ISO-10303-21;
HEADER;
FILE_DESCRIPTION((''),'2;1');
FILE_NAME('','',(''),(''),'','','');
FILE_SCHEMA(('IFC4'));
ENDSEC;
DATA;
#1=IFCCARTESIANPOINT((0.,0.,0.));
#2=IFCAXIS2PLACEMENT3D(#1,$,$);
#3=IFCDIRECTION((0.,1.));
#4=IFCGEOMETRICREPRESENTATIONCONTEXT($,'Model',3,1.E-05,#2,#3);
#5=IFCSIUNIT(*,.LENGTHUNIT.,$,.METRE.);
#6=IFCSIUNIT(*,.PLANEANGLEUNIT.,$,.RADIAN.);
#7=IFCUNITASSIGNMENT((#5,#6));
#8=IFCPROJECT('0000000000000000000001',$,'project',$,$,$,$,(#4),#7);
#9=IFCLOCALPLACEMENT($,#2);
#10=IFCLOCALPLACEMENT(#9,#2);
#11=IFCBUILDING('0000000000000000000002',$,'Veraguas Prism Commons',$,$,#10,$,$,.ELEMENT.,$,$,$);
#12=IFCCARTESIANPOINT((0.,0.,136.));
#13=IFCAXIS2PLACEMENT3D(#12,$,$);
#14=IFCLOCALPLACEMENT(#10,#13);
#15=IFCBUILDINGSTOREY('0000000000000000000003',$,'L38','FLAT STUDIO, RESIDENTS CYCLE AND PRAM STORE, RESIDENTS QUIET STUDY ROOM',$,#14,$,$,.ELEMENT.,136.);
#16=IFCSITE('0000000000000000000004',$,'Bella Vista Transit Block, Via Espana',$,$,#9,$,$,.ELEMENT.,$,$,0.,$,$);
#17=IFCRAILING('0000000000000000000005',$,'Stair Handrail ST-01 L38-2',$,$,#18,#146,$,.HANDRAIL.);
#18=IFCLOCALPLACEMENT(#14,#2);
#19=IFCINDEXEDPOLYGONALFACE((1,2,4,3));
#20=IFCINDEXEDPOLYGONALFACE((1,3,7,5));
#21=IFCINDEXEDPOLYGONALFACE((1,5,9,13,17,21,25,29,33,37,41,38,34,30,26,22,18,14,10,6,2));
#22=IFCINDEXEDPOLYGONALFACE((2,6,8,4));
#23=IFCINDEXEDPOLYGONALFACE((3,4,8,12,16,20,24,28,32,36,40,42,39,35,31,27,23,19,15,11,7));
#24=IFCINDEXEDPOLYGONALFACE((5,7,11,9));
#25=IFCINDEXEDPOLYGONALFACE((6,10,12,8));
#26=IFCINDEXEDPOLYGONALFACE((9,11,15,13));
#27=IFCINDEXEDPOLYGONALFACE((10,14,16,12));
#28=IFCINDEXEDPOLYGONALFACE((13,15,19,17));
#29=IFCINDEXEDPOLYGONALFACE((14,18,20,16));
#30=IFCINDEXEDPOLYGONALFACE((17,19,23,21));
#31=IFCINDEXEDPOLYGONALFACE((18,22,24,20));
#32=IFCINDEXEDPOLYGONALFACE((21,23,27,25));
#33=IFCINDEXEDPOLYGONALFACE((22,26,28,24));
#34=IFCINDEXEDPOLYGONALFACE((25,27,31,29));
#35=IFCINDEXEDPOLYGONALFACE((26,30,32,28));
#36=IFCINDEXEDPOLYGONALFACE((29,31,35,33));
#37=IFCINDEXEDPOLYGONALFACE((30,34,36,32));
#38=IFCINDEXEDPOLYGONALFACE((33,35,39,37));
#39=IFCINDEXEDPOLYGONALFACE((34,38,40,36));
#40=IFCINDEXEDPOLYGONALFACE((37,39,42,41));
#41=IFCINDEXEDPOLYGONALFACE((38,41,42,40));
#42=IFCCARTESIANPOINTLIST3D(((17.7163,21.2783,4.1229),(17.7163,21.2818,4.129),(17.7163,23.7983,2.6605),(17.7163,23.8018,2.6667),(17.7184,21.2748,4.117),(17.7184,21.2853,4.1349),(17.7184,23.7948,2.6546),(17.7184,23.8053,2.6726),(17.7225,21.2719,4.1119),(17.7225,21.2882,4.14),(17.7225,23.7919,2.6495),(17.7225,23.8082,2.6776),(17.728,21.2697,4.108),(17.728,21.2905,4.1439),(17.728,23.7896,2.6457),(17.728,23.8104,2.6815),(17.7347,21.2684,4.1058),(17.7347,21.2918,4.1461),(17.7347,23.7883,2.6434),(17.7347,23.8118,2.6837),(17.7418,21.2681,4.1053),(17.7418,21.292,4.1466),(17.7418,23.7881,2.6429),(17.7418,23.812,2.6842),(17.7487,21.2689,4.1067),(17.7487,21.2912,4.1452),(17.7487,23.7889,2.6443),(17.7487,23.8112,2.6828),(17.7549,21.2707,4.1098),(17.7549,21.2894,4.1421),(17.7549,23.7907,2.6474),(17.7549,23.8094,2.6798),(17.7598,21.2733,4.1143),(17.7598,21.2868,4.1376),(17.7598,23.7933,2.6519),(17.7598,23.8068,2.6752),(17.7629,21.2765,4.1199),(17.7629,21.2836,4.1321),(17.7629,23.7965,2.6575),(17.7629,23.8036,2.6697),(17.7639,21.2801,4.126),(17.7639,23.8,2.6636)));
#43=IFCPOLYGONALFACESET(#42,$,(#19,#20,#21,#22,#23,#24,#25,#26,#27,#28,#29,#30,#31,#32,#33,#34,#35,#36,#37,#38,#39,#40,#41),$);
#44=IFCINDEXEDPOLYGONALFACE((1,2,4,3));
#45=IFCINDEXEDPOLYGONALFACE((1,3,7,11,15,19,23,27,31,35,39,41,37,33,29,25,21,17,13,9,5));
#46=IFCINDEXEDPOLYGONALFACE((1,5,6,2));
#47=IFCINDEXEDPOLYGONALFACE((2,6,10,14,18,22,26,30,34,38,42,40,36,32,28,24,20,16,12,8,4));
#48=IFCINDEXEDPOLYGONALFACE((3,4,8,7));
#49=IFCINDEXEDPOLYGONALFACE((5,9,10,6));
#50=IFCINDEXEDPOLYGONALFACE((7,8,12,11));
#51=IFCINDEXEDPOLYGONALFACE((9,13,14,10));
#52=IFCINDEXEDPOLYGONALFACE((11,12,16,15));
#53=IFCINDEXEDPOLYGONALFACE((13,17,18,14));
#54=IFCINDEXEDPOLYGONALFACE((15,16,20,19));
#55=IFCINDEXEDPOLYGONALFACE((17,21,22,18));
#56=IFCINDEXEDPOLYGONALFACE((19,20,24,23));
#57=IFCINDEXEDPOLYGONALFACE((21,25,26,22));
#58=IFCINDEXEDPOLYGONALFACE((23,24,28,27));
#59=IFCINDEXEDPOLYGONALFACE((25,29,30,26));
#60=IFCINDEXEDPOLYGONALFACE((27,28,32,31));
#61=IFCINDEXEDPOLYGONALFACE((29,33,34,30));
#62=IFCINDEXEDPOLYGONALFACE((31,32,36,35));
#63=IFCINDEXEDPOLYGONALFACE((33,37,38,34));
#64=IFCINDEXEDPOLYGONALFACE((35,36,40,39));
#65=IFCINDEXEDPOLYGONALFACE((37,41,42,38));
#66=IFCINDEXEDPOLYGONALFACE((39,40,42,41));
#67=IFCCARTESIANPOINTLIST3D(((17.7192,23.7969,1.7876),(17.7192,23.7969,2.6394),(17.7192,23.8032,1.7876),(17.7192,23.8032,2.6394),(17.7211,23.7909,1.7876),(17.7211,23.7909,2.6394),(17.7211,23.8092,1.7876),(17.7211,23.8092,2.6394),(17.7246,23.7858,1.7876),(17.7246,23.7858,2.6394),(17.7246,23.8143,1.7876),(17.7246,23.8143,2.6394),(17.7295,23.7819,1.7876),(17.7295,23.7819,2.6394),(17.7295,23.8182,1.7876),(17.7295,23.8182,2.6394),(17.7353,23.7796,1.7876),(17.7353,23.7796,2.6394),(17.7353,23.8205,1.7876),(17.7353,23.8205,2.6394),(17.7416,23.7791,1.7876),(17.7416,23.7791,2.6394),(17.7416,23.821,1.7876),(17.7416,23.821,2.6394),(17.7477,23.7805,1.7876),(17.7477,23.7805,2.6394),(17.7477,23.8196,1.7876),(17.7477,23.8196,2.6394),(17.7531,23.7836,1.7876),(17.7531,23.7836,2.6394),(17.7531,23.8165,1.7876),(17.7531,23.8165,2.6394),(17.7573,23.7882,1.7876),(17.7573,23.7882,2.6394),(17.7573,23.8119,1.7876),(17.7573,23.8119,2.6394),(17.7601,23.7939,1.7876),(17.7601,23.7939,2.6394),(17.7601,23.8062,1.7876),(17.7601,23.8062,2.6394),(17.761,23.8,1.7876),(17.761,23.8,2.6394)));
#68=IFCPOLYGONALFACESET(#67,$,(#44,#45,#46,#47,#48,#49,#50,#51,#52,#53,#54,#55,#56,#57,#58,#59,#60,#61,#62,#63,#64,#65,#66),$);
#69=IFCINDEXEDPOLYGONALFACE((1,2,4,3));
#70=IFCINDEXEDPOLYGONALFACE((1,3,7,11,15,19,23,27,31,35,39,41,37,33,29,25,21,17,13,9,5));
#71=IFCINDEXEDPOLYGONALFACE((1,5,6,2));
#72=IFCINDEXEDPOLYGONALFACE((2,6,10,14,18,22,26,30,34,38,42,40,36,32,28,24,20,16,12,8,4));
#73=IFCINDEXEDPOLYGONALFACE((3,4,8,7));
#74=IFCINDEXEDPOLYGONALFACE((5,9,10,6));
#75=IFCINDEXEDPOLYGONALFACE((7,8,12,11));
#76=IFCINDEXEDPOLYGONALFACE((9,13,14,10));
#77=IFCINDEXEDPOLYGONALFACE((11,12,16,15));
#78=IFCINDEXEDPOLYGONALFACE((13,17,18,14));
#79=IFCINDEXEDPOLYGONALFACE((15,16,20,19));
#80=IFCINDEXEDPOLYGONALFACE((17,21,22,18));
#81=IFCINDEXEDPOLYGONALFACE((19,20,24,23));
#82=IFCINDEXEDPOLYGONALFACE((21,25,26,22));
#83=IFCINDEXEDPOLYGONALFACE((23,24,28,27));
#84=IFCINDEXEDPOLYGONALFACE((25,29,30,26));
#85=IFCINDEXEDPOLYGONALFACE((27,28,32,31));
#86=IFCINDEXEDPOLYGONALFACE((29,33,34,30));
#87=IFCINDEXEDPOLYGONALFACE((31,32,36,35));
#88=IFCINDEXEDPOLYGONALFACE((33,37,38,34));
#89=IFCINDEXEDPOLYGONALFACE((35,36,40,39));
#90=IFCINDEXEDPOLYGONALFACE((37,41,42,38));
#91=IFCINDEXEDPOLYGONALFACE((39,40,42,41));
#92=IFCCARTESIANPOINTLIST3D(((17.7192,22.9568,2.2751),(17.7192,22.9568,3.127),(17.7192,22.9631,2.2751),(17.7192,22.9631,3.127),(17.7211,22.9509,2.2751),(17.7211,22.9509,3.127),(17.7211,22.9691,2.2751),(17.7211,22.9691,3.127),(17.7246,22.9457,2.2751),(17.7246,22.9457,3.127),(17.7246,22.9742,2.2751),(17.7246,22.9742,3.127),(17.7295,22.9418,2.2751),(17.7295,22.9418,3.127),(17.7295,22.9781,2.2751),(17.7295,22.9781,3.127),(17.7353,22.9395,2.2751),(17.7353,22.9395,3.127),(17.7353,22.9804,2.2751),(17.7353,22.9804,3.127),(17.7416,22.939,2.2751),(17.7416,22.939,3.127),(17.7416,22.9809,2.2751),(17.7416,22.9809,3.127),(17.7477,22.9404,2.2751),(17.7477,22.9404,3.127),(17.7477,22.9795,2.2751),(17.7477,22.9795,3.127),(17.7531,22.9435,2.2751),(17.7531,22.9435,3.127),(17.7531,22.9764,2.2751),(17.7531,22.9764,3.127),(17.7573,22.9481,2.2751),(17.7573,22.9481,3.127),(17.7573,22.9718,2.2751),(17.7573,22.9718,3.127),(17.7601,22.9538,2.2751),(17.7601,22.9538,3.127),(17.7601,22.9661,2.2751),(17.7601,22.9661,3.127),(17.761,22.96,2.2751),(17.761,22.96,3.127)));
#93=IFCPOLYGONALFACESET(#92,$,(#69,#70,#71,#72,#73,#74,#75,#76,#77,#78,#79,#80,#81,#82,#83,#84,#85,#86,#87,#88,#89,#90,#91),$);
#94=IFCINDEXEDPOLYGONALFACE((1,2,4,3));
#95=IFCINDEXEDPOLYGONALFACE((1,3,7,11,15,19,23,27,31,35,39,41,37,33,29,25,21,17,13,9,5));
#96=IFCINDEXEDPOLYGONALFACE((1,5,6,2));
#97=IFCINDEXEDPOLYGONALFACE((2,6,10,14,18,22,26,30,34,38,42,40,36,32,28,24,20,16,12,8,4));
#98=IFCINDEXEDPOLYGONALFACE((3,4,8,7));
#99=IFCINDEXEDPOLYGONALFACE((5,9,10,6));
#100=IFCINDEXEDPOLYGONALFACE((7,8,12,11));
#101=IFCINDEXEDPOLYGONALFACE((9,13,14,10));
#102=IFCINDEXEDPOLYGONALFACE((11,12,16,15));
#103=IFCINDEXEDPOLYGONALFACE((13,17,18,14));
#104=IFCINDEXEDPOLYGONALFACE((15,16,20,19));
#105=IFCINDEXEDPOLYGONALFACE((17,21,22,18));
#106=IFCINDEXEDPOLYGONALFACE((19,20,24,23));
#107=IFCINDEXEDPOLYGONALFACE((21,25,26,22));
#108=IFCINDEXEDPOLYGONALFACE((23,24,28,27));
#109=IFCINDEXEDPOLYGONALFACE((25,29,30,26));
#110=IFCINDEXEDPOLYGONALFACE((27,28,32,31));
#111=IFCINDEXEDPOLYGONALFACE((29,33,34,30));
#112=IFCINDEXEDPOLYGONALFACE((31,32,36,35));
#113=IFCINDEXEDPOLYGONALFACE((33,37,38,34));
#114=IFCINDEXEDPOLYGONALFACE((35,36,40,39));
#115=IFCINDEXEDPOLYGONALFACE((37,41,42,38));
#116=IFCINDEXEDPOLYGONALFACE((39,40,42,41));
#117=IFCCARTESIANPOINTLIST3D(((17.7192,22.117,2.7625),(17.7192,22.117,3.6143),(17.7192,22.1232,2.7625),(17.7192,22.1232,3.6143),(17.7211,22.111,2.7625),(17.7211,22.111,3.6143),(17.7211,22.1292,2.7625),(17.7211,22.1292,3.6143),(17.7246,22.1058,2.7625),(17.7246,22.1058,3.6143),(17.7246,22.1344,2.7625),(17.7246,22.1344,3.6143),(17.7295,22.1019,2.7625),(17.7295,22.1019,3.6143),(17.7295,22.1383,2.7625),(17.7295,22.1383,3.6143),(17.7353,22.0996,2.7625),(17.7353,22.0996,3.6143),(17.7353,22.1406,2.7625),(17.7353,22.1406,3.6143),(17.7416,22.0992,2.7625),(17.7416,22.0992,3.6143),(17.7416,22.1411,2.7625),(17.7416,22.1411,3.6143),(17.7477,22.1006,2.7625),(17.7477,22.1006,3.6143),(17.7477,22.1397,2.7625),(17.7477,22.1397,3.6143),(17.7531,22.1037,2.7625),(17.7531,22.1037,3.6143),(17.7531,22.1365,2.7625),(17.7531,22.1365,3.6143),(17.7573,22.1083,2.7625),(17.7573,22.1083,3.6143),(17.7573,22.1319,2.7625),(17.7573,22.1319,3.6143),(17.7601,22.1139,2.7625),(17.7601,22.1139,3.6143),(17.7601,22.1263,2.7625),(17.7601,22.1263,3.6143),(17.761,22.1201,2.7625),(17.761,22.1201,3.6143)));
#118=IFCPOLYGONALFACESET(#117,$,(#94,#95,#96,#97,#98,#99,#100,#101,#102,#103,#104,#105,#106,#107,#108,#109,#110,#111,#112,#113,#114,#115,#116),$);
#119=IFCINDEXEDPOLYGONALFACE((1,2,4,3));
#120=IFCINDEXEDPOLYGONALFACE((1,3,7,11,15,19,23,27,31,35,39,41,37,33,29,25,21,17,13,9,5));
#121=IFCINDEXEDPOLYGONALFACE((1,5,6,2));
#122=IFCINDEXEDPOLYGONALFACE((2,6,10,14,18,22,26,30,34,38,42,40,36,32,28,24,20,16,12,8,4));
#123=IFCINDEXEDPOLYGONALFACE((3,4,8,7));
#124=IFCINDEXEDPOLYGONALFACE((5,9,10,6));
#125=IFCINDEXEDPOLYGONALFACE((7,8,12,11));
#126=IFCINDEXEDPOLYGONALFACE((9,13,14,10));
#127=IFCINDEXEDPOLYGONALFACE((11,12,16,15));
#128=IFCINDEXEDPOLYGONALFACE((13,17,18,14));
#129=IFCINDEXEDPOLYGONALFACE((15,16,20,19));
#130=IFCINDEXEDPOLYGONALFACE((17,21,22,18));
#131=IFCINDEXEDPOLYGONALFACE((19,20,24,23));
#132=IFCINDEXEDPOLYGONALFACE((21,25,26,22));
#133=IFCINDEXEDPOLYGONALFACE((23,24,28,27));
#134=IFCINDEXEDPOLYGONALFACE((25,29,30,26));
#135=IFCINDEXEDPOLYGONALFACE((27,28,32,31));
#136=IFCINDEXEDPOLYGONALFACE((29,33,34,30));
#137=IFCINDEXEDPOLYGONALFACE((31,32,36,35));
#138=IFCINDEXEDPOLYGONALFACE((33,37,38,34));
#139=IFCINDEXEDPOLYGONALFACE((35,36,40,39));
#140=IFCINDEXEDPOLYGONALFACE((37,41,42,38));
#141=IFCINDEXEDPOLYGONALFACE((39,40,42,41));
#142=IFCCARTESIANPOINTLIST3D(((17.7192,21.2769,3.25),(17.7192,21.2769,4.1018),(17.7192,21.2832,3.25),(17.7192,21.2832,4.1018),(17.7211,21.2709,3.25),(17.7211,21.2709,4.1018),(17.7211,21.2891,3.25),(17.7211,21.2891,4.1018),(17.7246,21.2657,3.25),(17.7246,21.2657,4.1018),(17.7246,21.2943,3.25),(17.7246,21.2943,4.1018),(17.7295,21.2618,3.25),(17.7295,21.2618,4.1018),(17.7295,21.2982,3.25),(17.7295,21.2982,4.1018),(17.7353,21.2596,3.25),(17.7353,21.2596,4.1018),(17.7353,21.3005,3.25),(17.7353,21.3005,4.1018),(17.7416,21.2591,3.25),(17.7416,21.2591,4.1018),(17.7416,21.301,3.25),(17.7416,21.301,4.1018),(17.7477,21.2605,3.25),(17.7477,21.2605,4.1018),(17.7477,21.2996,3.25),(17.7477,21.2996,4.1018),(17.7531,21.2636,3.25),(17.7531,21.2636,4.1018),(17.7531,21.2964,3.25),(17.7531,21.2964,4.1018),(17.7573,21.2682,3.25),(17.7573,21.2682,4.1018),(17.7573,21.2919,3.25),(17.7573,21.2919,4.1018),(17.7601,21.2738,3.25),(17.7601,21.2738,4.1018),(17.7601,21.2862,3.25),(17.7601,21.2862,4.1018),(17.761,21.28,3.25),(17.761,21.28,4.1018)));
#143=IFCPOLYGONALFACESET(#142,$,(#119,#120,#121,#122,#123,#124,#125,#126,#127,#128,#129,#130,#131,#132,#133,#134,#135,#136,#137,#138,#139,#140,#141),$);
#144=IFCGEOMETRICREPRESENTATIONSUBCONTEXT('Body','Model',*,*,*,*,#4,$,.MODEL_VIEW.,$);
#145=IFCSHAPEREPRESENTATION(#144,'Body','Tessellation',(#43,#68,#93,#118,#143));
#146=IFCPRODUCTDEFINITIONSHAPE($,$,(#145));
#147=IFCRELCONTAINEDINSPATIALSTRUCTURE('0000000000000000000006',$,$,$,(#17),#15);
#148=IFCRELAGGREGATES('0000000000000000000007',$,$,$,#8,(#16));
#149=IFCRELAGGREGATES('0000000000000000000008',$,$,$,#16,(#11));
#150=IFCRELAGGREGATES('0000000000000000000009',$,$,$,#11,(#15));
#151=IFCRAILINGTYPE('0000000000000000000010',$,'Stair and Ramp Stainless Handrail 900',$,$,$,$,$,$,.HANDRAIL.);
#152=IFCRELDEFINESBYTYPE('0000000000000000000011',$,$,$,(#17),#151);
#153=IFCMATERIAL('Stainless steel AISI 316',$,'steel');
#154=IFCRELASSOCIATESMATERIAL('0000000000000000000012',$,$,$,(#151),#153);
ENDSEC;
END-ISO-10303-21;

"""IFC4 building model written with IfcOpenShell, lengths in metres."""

from ifc_helpers import new_model, si_unit, direction, frame, origin, origin_2d, place, context, subcontext, project, spatial, circle, extrude, material, type_object, element, save


model = new_model("IFC4")

# Units and contexts
model_context = context("Model", 3, precision=1e-05, world=origin(), true_north=direction((0.0, 1.0)))
body_context = subcontext(model_context, "Body", "Model", "MODEL_VIEW")
ifc_project = project(units=[si_unit("LENGTHUNIT", "METRE"), si_unit("PLANEANGLEUNIT", "RADIAN")], contexts=[model_context])

# Site, building, storey
site_placement = place(None, origin())
site = spatial("IfcSite", under=ifc_project, at=site_placement, Name="Bella Vista Transit Block, Via Espana", CompositionType="ELEMENT", RefElevation=0.0)
building_placement = place(site_placement, origin())
building = spatial("IfcBuilding", under=site, at=building_placement, Name="Veraguas Prism Commons", CompositionType="ELEMENT")
storey_placement = place(building_placement, frame((0.0, 0.0, 136.0)))
storey = spatial("IfcBuildingStorey", under=building, at=storey_placement, Name="L38", Description="FLAT STUDIO, RESIDENTS CYCLE AND PRAM STORE, RESIDENTS QUIET STUDY ROOM", CompositionType="ELEMENT", Elevation=136.0)

# Railing
ifc_material_1 = material(Name="Stainless steel AISI 316", Category="steel")
railing_type_1 = type_object("IfcRailingType", Name="Stair and Ramp Stainless Handrail 900", PredefinedType="HANDRAIL", material=ifc_material_1)
railing_1_placement = place(storey_placement, frame((17.74, 23.8, 1.7876)))
element("IfcRailing", 1, at=railing_1_placement, inside=storey, type_object=railing_type_1, Name="Stair Handrail ST-01 L38-2", PredefinedType="HANDRAIL", context=body_context, shape_type="SweptSolid", body=[
    extrude(circle(Radius=0.0239, at=origin_2d()), frame((0.0, 0.0, 0.876), z_axis=(0.0, -0.864913, 0.501921), x_axis=(1.0, 0.0, 0.0)), (0.0, 0.0, 1.0), 2.9136),
    extrude(circle(Radius=0.021, at=origin_2d()), origin(), (0.0, 0.0, 1.0), 0.8518),
    extrude(circle(Radius=0.021, at=origin_2d()), frame((0.0, -0.8401, 0.4875)), (0.0, 0.0, 1.0), 0.8518),
    extrude(circle(Radius=0.021, at=origin_2d()), frame((0.0, -1.6799, 0.9749)), (0.0, 0.0, 1.0), 0.8518),
    extrude(circle(Radius=0.021, at=origin_2d()), frame((0.0, -2.52, 1.4624)), (0.0, 0.0, 1.0), 0.8518),
])

save(model, "model.ifc")
